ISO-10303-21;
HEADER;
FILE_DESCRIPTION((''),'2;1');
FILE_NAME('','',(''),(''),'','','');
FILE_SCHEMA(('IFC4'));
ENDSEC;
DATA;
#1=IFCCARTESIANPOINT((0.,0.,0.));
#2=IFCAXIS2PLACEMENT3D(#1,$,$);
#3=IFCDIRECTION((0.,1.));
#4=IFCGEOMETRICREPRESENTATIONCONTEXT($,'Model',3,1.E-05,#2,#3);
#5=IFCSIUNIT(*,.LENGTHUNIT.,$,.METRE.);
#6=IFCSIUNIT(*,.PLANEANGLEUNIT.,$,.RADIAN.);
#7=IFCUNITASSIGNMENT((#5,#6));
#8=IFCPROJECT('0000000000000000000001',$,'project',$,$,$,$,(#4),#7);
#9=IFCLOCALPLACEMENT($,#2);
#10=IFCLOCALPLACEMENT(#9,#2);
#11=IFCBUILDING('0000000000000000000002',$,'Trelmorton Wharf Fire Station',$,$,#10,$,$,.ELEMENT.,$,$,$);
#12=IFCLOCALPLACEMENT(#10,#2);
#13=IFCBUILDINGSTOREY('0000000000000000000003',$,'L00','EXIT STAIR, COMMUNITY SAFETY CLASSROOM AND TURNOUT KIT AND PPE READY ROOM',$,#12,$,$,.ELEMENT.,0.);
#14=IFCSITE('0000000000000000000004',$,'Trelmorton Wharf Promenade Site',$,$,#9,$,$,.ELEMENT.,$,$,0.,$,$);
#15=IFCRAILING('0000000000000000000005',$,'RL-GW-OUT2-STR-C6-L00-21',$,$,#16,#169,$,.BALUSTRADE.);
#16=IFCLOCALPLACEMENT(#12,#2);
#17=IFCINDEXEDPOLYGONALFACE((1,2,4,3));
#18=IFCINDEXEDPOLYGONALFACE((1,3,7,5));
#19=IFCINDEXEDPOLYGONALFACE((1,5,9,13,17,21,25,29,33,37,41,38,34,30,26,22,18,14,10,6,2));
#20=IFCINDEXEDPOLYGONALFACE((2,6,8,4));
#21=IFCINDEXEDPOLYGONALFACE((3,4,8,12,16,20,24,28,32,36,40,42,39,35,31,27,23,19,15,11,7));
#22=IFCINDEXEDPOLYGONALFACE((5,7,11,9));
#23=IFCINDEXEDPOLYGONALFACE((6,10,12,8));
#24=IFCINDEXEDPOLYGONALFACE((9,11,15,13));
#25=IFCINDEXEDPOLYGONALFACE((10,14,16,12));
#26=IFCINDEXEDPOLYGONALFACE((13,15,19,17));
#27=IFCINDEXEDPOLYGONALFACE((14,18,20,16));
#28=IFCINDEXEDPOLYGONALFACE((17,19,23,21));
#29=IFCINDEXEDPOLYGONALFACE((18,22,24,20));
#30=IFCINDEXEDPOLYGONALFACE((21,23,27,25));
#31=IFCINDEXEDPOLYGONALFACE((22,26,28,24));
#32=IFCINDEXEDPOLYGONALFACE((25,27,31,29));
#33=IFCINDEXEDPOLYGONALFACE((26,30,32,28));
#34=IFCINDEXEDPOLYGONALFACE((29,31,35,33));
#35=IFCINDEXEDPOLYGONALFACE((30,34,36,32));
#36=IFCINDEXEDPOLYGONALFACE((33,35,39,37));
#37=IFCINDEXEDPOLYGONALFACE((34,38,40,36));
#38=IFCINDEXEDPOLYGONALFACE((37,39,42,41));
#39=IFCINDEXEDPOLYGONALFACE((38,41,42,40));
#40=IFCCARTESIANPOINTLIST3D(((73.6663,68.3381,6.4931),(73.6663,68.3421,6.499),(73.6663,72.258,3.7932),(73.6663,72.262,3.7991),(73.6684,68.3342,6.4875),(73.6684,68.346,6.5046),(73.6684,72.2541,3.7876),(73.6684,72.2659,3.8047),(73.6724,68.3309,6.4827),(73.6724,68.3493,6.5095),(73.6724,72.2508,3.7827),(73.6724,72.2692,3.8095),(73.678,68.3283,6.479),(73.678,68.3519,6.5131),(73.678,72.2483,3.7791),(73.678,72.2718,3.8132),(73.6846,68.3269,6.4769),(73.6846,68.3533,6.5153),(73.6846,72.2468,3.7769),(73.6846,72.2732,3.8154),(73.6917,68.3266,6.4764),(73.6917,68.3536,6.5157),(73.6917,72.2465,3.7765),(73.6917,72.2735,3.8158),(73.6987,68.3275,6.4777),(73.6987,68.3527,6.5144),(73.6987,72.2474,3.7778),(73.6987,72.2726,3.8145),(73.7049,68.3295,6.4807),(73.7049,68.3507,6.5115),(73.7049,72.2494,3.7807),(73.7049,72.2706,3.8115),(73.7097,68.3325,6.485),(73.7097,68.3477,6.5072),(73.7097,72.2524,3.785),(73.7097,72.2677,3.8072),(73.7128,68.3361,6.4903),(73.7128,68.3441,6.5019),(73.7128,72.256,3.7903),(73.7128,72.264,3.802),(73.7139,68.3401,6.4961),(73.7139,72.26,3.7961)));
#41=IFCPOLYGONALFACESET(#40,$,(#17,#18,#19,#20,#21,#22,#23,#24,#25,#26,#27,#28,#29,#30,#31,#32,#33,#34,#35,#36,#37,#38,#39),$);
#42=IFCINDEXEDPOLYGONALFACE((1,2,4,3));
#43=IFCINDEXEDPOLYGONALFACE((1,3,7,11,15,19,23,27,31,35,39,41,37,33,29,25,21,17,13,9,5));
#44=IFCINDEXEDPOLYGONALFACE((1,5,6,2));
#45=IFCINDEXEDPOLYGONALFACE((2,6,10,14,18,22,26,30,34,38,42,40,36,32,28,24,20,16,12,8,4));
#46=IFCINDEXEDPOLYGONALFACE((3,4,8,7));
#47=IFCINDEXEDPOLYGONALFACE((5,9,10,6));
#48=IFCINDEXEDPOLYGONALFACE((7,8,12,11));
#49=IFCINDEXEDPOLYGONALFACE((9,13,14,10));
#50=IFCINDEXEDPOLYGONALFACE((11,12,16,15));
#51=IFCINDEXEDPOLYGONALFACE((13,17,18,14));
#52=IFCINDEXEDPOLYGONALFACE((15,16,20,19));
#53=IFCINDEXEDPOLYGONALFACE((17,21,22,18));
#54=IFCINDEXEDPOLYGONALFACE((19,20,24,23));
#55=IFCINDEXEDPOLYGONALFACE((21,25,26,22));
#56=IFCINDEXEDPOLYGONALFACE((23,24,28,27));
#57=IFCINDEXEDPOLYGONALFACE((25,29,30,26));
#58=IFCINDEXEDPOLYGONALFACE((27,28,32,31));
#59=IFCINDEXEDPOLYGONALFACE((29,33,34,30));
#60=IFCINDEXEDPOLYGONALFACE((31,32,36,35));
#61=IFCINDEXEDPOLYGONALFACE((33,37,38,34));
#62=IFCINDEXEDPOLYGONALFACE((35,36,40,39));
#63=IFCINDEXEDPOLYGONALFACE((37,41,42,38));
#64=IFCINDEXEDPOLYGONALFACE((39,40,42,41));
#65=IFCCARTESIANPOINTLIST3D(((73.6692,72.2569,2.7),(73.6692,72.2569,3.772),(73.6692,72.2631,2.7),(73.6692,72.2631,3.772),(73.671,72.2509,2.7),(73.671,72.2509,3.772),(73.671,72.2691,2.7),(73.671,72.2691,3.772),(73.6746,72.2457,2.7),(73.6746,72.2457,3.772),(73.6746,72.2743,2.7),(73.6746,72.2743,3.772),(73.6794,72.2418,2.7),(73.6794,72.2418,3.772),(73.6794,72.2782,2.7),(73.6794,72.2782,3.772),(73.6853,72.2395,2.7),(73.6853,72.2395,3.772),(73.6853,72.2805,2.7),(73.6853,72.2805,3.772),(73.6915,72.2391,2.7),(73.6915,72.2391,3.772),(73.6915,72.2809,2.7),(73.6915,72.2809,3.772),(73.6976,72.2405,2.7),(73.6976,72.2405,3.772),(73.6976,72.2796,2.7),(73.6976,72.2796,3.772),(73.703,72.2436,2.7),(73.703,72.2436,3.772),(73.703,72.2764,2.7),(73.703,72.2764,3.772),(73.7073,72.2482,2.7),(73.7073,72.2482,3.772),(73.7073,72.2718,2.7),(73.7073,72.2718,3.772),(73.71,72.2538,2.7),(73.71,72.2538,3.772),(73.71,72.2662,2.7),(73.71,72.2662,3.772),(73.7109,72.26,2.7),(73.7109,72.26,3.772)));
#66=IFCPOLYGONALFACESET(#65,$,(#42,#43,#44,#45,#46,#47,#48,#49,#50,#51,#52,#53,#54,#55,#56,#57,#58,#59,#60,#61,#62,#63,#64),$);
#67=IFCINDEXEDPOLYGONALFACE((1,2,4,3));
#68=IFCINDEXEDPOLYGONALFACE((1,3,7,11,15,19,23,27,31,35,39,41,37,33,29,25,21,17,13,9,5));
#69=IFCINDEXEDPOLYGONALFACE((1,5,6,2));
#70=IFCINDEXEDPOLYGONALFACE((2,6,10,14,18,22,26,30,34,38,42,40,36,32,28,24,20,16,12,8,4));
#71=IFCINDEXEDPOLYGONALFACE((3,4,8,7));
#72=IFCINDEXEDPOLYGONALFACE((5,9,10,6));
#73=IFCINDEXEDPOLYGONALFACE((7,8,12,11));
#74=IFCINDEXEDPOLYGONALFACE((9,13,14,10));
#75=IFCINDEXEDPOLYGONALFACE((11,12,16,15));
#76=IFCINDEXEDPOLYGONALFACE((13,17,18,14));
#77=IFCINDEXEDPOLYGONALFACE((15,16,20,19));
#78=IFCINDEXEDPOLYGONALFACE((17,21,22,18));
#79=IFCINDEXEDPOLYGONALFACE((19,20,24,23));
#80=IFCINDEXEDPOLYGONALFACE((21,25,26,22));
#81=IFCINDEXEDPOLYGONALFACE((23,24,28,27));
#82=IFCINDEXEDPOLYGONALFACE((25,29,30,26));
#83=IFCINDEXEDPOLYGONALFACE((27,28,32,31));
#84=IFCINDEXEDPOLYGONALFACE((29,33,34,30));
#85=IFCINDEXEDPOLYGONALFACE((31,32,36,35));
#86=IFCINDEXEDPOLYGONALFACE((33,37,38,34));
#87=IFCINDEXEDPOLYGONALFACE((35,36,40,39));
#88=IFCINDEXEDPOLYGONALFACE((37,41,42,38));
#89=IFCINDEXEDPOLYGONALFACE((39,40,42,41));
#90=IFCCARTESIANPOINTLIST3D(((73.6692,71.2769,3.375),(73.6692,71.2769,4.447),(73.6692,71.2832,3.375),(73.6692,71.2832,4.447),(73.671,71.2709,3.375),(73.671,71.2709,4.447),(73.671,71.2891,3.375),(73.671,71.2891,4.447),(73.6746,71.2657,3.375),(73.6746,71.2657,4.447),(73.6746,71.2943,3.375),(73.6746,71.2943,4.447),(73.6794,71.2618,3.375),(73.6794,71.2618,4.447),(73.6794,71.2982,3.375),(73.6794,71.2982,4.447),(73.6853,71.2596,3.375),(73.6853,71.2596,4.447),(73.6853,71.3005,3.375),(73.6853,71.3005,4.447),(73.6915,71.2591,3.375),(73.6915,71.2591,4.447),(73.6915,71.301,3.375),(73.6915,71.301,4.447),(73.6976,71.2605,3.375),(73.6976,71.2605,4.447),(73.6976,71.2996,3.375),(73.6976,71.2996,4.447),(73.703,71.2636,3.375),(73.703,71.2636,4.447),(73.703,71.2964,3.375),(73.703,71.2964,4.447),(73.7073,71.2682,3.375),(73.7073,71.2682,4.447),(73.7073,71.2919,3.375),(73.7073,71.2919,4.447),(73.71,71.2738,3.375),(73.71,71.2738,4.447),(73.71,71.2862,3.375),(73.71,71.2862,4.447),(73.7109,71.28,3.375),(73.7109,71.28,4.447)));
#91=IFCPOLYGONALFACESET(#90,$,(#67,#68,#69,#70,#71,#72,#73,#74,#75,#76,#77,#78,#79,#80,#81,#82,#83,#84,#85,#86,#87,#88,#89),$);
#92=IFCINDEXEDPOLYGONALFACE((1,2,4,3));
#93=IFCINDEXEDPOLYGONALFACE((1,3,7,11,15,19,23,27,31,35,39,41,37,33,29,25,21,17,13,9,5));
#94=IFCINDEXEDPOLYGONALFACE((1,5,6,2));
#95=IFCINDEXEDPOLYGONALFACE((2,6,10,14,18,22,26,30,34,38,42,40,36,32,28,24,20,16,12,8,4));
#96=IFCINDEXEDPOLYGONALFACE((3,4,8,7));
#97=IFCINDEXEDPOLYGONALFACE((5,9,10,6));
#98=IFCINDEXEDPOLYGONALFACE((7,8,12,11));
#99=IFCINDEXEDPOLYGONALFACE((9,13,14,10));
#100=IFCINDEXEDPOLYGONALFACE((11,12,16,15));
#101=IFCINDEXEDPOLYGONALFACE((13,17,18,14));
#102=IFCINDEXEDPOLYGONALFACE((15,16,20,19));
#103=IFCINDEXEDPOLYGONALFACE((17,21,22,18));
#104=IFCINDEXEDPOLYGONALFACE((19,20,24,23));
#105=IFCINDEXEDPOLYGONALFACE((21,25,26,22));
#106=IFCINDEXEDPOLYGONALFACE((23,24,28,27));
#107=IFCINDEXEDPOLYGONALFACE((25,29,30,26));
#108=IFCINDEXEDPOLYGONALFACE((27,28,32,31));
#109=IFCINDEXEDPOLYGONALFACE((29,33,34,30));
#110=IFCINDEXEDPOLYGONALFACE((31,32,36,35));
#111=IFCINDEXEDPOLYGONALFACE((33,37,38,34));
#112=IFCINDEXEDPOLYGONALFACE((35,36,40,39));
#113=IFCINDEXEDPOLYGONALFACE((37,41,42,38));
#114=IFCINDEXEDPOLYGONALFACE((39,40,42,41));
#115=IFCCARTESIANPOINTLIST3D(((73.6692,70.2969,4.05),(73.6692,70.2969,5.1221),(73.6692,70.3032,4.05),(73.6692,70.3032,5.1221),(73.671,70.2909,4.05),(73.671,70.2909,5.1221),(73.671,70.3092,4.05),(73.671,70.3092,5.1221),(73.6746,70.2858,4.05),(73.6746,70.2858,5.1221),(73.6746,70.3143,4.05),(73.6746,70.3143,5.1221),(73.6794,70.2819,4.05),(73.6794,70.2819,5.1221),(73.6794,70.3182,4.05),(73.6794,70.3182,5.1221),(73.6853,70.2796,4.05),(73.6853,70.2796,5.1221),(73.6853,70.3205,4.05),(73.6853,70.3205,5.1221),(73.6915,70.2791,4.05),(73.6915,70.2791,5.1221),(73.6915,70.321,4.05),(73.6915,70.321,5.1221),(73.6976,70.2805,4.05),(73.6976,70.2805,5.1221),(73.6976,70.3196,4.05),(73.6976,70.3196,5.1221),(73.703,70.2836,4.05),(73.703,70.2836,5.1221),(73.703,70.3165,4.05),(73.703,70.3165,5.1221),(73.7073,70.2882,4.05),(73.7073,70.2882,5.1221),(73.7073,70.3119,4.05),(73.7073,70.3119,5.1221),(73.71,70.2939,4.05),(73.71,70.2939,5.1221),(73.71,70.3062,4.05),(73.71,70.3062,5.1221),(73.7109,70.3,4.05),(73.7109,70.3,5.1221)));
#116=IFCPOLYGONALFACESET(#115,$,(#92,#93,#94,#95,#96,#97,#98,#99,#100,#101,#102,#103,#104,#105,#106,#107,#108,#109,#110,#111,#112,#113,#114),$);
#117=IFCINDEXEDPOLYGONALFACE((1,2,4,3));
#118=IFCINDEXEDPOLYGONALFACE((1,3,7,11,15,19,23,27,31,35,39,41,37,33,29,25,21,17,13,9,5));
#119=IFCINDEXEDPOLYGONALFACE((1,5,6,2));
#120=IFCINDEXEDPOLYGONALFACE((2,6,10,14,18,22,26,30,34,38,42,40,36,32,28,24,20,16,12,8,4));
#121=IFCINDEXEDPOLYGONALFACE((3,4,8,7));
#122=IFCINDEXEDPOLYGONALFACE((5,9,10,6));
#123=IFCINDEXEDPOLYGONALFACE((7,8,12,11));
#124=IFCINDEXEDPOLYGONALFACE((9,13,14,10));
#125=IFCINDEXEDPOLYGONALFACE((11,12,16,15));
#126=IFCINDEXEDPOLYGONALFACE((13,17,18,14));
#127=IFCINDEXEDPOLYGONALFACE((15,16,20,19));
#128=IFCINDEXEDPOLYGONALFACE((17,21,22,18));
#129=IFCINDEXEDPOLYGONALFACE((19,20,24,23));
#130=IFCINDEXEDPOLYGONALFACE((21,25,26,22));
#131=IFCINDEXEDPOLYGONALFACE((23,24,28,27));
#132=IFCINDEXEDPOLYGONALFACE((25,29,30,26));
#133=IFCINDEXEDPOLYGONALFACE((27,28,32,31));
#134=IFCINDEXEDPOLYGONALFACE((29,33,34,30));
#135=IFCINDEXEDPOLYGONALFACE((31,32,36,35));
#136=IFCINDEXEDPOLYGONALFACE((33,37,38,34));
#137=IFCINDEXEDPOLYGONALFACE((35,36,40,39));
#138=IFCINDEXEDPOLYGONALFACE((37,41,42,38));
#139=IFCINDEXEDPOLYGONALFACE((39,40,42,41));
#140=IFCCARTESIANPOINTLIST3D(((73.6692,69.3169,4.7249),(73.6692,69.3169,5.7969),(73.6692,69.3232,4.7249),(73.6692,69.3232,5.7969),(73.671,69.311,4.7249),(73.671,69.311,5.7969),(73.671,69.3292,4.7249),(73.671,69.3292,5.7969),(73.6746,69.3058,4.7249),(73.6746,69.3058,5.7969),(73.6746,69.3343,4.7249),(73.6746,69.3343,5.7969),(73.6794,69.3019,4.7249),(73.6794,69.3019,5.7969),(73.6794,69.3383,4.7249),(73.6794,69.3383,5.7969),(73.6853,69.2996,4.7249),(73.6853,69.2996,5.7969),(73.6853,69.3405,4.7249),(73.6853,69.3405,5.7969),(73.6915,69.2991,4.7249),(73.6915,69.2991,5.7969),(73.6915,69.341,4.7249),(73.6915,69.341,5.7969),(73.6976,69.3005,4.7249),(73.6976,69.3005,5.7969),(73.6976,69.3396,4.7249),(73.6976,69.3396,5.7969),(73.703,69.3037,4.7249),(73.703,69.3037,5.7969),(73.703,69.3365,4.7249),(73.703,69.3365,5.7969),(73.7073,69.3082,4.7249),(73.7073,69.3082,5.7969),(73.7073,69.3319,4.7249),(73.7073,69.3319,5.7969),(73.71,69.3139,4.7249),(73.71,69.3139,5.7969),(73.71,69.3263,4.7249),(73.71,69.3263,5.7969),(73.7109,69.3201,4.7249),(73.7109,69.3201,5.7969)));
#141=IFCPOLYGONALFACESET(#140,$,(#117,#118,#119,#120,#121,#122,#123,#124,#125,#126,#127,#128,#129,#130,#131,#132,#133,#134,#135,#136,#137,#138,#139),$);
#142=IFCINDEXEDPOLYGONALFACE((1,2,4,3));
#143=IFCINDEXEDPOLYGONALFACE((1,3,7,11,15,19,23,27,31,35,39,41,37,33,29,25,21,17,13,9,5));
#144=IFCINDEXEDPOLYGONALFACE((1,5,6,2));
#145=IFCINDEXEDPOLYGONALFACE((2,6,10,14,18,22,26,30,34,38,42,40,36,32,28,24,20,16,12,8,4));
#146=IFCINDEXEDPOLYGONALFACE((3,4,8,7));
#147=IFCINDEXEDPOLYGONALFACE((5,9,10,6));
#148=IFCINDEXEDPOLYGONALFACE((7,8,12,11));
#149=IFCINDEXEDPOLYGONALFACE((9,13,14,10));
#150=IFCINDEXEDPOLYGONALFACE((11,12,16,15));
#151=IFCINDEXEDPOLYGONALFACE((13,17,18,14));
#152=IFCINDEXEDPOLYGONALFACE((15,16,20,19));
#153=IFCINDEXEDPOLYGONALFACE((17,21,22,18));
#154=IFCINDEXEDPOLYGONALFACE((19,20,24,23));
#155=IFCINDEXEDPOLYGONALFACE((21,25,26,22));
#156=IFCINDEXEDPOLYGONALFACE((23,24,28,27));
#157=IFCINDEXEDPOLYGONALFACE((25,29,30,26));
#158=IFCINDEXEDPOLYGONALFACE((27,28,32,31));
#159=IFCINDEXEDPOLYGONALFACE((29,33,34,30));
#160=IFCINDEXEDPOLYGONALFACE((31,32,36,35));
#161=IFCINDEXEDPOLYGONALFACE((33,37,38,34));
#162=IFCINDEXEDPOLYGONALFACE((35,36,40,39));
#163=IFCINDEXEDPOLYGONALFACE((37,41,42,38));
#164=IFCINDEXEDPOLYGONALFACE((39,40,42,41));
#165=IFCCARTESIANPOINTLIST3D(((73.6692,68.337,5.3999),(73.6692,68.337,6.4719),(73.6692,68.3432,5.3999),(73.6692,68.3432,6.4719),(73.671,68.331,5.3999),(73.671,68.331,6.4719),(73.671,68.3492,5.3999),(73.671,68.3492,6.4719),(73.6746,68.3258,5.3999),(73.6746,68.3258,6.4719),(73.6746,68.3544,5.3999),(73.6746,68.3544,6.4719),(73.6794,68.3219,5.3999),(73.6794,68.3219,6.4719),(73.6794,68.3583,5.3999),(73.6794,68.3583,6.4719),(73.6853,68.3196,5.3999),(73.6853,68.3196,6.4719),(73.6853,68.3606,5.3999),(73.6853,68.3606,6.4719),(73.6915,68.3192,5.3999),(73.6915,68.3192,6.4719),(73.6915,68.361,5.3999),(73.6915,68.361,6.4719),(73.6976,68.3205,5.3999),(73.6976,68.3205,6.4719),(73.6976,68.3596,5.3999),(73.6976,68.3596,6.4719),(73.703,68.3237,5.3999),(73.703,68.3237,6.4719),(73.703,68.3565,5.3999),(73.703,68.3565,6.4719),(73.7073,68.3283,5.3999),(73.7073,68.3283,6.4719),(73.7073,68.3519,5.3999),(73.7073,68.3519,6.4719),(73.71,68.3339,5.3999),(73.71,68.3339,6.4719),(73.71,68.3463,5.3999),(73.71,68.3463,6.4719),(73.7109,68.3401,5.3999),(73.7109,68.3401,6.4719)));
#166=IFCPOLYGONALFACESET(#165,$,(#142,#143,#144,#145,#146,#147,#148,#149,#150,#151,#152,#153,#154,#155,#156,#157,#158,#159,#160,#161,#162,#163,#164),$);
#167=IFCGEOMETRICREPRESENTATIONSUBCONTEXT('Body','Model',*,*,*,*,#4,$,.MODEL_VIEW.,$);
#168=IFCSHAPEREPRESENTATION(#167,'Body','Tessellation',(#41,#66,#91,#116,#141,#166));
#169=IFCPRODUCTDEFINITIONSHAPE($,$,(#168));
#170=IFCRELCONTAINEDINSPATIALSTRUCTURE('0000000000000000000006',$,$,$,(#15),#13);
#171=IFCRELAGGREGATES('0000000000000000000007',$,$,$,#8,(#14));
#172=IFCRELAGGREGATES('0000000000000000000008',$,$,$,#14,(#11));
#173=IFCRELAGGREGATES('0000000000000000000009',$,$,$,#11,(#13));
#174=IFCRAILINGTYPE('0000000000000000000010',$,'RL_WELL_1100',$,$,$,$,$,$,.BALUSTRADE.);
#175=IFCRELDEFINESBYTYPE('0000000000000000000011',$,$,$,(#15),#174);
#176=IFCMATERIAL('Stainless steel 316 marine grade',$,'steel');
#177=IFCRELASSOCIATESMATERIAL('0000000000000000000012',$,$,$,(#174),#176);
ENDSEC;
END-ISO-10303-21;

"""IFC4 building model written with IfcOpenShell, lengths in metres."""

from ifc_helpers import new_model, si_unit, direction, frame, origin, origin_2d, place, context, subcontext, project, spatial, circle, extrude, material, type_object, element, save


model = new_model("IFC4")

# Units and contexts
model_context = context("Model", 3, precision=1e-05, world=origin(), true_north=direction((0.0, 1.0)))
body_context = subcontext(model_context, "Body", "Model", "MODEL_VIEW")
ifc_project = project(units=[si_unit("LENGTHUNIT", "METRE"), si_unit("PLANEANGLEUNIT", "RADIAN")], contexts=[model_context])

# Site, building, storey
site_placement = place(None, origin())
site = spatial("IfcSite", under=ifc_project, at=site_placement, Name="Trelmorton Wharf Promenade Site", CompositionType="ELEMENT", RefElevation=0.0)
building_placement = place(site_placement, origin())
building = spatial("IfcBuilding", under=site, at=building_placement, Name="Trelmorton Wharf Fire Station", CompositionType="ELEMENT")
storey_placement = place(building_placement, origin())
storey = spatial("IfcBuildingStorey", under=building, at=storey_placement, Name="L00", Description="EXIT STAIR, COMMUNITY SAFETY CLASSROOM AND TURNOUT KIT AND PPE READY ROOM", CompositionType="ELEMENT", Elevation=0.0)

# Shared definitions
ifc_material_1 = material(Name="Stainless steel 316 marine grade", Category="steel")

# Railing
railing_type_1 = type_object("IfcRailingType", Name="RL_WELL_1100", PredefinedType="BALUSTRADE", material=ifc_material_1)
railing_1_placement = place(storey_placement, frame((73.6899, 72.26, 2.7)))
element("IfcRailing", 1, at=railing_1_placement, inside=storey, type_object=railing_type_1, Name="RL-GW-OUT2-STR-C6-L00-21", PredefinedType="BALUSTRADE", context=body_context, shape_type="SweptSolid", body=[
    extrude(circle(Radius=0.0239, at=origin_2d()), frame((0.0, 0.0, 1.0962), z_axis=(0.0, -0.823551, 0.567243), x_axis=(1.0, 0.0, 0.0)), (0.0, 0.0, 1.0), 4.7598),
    extrude(circle(Radius=0.021, at=origin_2d()), origin(), (0.0, 0.0, 1.0), 1.072),
    extrude(circle(Radius=0.021, at=origin_2d()), frame((0.0, -0.98, 0.675)), (0.0, 0.0, 1.0), 1.072),
    extrude(circle(Radius=0.021, at=origin_2d()), frame((0.0, -1.96, 1.3501)), (0.0, 0.0, 1.0), 1.072),
    extrude(circle(Radius=0.021, at=origin_2d()), frame((0.0, -2.9399, 2.0249)), (0.0, 0.0, 1.0), 1.072),
    extrude(circle(Radius=0.021, at=origin_2d()), frame((0.0, -3.9199, 2.7)), (0.0, 0.0, 1.0), 1.072),
])

save(model, "model.ifc")
